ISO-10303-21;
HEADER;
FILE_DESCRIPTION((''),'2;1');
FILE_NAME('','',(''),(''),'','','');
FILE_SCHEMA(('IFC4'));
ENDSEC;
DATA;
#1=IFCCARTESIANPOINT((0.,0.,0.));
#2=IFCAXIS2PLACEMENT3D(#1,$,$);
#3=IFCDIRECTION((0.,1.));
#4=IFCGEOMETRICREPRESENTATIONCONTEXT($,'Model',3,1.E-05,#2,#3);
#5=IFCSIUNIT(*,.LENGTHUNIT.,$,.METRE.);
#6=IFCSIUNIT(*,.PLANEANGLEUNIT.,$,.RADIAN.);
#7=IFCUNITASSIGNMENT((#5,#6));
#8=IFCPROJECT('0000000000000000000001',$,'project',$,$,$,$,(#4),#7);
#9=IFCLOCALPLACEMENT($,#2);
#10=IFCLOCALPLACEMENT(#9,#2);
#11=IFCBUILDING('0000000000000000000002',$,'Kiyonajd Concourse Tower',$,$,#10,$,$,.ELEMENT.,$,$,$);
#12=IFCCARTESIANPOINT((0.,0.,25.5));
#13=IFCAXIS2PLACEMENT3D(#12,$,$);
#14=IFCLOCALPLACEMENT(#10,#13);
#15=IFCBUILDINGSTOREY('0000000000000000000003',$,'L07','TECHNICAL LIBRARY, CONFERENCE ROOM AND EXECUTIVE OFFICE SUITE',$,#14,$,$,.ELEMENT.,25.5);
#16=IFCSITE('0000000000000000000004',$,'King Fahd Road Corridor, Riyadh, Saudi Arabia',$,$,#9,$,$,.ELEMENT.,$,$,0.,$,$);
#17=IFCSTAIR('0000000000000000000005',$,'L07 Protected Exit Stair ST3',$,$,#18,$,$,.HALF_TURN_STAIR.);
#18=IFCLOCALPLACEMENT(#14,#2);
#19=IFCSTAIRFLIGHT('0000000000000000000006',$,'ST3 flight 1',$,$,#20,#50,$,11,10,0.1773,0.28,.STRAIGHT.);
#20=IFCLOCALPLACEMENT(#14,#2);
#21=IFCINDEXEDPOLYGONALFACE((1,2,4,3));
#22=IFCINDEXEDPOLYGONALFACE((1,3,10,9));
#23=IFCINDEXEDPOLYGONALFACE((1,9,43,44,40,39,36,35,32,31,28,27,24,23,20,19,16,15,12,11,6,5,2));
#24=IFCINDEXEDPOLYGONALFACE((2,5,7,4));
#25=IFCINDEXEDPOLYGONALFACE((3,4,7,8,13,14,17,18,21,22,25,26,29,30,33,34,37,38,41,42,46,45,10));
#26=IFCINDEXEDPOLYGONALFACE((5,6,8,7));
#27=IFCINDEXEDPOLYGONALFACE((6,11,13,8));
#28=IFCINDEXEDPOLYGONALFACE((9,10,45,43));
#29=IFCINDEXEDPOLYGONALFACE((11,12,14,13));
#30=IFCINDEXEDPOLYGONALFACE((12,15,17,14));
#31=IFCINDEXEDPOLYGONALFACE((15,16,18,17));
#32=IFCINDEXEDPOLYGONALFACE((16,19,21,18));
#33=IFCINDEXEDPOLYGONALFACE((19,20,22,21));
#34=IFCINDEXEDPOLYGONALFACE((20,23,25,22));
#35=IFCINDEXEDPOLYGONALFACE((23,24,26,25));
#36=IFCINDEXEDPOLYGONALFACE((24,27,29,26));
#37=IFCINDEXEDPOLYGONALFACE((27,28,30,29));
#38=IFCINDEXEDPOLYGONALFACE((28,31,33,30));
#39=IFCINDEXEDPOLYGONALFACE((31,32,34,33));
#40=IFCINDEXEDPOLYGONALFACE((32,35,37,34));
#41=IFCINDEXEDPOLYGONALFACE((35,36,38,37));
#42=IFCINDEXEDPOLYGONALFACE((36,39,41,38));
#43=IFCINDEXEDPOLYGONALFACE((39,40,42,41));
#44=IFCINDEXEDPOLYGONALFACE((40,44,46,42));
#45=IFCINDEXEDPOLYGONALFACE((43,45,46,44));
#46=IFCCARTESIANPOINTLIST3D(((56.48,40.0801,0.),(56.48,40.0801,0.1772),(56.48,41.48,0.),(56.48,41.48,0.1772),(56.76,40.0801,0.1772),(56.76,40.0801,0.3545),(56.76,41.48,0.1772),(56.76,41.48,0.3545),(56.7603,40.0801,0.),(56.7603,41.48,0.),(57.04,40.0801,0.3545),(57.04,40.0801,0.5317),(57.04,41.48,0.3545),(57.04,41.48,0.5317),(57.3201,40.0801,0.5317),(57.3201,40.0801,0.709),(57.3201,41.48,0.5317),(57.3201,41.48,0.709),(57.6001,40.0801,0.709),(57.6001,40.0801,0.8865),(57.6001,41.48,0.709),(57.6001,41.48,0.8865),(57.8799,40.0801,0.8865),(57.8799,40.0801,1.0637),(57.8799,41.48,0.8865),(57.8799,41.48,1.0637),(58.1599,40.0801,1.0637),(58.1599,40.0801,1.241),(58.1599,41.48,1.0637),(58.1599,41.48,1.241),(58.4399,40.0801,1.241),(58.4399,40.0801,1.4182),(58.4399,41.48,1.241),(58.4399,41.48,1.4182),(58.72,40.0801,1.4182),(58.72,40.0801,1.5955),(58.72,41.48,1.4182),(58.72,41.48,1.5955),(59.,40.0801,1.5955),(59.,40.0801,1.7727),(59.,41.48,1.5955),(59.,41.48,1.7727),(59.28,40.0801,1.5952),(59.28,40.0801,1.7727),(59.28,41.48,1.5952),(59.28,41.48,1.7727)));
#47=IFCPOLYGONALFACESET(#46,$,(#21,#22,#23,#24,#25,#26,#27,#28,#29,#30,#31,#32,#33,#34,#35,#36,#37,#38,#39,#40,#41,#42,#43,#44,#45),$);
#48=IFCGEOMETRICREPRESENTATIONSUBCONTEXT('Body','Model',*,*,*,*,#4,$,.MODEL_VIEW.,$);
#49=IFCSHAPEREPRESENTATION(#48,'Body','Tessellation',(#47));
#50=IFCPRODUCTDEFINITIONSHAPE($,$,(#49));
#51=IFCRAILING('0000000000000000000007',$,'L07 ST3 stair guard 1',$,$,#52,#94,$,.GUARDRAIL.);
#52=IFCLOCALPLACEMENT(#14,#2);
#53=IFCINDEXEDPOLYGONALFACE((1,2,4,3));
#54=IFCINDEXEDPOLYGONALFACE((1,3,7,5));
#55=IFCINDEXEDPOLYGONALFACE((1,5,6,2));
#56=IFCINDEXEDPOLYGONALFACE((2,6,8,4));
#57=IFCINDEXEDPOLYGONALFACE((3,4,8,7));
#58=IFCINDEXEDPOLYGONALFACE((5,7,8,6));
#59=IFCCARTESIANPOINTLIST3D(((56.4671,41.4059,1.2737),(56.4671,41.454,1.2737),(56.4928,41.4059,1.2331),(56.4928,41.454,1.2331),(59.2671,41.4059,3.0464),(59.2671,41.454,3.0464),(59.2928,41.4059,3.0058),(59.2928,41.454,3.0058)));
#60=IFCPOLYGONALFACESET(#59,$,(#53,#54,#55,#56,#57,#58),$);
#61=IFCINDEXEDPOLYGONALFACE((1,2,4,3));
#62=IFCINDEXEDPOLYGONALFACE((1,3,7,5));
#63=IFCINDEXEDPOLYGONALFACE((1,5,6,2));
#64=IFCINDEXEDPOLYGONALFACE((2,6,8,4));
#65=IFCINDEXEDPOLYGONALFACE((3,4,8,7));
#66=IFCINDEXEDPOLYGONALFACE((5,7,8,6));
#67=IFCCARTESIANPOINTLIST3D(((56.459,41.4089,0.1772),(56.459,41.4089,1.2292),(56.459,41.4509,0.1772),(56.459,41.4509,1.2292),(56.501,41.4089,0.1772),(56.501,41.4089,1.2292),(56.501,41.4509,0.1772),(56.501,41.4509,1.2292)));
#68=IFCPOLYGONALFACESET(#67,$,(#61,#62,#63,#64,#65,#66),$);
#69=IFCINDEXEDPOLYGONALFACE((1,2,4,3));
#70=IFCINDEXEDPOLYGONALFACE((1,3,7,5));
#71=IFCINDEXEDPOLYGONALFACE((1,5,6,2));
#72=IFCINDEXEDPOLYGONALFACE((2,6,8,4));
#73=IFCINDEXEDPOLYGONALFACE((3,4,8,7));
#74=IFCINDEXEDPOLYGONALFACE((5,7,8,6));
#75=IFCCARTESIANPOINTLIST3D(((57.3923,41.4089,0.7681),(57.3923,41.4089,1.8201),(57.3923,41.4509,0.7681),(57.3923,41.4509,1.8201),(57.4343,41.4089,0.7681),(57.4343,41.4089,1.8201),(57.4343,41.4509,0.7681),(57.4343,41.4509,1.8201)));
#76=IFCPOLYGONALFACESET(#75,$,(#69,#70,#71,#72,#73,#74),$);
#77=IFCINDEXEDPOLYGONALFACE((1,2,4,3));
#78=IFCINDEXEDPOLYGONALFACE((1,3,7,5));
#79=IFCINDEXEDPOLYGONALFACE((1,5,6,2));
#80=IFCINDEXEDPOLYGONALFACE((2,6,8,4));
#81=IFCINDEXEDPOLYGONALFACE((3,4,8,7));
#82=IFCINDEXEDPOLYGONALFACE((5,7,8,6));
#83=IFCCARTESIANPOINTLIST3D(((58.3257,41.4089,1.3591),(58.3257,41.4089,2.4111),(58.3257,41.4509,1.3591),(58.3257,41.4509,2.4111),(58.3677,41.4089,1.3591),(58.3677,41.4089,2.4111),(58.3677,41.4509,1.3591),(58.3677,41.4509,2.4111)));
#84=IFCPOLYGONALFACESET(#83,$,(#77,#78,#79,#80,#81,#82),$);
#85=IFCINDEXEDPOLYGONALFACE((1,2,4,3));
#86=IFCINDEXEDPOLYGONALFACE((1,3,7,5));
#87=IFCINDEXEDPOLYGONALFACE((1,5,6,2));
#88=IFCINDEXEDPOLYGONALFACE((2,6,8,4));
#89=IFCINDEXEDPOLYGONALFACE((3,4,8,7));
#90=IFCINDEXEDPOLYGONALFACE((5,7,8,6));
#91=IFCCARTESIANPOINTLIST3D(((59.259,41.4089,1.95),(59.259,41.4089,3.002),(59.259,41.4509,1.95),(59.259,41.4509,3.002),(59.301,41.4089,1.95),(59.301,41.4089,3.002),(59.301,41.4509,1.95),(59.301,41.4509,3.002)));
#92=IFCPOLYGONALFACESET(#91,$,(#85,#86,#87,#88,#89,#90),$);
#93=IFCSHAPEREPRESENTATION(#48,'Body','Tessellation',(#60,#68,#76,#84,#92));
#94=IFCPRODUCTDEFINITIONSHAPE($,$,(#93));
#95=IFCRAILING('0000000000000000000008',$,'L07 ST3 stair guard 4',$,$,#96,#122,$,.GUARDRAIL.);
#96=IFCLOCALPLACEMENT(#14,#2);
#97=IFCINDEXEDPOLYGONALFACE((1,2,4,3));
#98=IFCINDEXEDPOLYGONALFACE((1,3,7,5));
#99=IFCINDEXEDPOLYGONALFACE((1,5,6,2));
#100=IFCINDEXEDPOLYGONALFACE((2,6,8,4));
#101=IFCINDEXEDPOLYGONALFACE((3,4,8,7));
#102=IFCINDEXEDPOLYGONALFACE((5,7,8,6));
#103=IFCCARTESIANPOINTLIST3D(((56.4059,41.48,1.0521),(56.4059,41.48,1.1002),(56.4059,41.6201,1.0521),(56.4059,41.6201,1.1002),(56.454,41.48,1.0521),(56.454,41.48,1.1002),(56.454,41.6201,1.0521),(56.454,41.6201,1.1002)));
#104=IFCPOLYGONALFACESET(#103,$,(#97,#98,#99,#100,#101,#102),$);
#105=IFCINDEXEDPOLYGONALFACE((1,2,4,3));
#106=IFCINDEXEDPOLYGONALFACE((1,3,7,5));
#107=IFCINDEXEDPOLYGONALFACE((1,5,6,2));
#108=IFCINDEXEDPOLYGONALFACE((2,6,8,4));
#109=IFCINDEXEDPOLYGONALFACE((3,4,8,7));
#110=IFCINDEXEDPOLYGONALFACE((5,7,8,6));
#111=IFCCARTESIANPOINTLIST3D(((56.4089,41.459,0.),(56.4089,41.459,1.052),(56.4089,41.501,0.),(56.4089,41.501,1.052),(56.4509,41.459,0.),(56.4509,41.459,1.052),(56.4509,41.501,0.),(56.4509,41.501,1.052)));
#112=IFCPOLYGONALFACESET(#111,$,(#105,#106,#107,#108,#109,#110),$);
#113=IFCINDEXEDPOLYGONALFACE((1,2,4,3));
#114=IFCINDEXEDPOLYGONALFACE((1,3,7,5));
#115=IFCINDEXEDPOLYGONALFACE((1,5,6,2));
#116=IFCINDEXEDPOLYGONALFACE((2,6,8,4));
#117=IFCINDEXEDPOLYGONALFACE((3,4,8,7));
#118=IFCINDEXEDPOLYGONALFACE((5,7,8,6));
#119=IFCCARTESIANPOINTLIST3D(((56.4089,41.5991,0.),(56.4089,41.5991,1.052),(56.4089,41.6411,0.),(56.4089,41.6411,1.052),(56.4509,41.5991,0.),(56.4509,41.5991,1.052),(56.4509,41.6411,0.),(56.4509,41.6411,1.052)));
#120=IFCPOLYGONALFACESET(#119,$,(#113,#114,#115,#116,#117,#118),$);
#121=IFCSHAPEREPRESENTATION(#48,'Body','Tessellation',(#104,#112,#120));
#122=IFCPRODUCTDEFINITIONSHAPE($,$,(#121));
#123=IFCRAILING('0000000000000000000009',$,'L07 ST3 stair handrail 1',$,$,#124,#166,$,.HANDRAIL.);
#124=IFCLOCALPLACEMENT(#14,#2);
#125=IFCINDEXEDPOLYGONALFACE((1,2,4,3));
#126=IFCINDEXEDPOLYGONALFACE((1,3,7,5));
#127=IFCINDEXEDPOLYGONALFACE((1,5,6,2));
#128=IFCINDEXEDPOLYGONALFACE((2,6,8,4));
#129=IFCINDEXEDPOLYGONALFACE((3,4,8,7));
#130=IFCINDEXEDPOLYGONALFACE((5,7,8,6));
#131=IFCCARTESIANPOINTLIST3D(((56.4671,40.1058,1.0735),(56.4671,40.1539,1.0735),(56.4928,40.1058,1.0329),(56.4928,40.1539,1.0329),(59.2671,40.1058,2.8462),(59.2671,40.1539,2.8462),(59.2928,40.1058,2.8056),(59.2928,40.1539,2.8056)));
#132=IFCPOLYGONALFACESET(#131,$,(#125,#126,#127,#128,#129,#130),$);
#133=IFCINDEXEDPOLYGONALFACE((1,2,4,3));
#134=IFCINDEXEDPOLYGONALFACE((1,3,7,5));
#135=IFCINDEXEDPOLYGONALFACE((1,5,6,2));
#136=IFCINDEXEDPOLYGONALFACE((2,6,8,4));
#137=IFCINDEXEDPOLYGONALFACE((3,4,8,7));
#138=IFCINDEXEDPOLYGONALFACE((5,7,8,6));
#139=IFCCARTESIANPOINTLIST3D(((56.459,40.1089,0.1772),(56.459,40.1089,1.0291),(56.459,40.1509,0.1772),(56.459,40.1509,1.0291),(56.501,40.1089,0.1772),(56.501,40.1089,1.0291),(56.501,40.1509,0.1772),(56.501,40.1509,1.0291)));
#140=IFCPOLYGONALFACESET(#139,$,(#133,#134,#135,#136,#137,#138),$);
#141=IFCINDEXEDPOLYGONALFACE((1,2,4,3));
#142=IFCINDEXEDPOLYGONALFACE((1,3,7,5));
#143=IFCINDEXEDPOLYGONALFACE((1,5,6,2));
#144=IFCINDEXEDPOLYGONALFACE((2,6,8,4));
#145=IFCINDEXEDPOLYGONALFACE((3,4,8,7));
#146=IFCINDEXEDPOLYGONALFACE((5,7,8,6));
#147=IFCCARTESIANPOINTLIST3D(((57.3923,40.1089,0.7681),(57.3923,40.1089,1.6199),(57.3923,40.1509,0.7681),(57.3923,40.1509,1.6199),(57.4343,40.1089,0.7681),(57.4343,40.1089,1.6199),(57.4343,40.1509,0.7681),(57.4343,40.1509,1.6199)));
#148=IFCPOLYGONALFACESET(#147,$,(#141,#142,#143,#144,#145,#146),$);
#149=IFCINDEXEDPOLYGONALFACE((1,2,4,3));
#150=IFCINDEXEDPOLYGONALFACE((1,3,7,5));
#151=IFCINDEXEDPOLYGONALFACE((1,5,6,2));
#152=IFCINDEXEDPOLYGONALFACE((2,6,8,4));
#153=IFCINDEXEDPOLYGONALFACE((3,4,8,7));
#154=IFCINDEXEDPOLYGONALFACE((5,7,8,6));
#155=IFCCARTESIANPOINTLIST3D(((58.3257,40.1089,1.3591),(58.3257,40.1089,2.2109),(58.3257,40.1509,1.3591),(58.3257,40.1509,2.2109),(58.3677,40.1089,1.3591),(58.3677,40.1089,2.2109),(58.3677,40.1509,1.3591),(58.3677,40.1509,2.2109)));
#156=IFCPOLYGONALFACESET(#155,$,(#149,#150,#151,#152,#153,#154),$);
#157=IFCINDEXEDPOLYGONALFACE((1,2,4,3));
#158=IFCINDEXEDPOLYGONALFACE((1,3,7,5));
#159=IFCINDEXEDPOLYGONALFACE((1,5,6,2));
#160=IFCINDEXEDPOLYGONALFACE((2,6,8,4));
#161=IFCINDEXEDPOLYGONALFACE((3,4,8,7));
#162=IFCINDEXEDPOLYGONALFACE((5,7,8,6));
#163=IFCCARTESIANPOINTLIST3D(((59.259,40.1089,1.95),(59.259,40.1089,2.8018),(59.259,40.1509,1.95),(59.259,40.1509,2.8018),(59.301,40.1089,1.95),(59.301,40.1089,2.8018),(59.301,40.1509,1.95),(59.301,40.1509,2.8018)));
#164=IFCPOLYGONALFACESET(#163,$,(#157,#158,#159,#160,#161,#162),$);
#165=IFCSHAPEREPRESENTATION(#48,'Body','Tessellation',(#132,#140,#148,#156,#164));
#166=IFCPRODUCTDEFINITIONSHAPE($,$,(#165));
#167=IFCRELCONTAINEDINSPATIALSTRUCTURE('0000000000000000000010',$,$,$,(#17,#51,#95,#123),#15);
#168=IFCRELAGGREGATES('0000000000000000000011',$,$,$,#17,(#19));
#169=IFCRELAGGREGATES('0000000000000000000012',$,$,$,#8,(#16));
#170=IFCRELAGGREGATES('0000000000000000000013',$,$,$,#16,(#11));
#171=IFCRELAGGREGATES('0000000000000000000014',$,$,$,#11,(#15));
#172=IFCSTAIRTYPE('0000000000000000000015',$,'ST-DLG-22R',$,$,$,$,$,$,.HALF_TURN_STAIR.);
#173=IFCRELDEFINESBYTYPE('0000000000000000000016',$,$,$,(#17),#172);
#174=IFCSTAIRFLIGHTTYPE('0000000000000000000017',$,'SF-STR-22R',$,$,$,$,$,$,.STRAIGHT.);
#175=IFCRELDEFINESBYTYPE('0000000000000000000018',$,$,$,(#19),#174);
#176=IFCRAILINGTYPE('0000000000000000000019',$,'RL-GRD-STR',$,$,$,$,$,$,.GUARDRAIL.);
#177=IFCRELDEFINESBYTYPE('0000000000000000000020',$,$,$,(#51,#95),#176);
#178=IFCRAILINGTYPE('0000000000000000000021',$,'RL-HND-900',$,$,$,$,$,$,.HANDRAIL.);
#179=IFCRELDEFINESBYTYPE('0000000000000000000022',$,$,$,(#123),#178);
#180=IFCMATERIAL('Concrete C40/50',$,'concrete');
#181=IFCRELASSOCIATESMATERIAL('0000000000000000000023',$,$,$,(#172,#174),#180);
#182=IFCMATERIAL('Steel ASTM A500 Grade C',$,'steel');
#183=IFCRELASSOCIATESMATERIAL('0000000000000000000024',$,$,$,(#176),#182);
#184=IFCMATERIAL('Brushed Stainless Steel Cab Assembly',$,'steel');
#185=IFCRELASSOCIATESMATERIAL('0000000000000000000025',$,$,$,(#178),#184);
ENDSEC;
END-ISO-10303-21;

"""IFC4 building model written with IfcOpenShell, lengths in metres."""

from ifc_helpers import new_model, si_unit, direction, frame, origin, origin_2d, place, context, subcontext, project, spatial, polyline, rectangle, outline, extrude, material, type_object, element, aggregate, save


model = new_model("IFC4")

# Units and contexts
model_context = context("Model", 3, precision=1e-05, world=origin(), true_north=direction((0.0, 1.0)))
body_context = subcontext(model_context, "Body", "Model", "MODEL_VIEW")
ifc_project = project(units=[si_unit("LENGTHUNIT", "METRE"), si_unit("PLANEANGLEUNIT", "RADIAN")], contexts=[model_context])

# Site, building, storey
site_placement = place(None, origin())
site = spatial("IfcSite", under=ifc_project, at=site_placement, Name="King Fahd Road Corridor, Riyadh, Saudi Arabia", CompositionType="ELEMENT", RefElevation=0.0)
building_placement = place(site_placement, origin())
building = spatial("IfcBuilding", under=site, at=building_placement, Name="Kiyonajd Concourse Tower", CompositionType="ELEMENT")
storey_placement = place(building_placement, frame((0.0, 0.0, 25.5)))
storey = spatial("IfcBuildingStorey", under=building, at=storey_placement, Name="L07", Description="TECHNICAL LIBRARY, CONFERENCE ROOM AND EXECUTIVE OFFICE SUITE", CompositionType="ELEMENT", Elevation=25.5)

# Shared definitions
ifc_material_1 = material(Name="Brushed Stainless Steel Cab Assembly", Category="steel")

# Stair, stair flight
ifc_material_2 = material(Name="Concrete C40/50", Category="concrete")
stair_type = type_object("IfcStairType", Name="ST-DLG-22R", PredefinedType="HALF_TURN_STAIR", material=ifc_material_2)
stair_placement = place(storey_placement, origin())
stair = element("IfcStair", 1, at=stair_placement, inside=storey, type_object=stair_type, Name="L07 Protected Exit Stair ST3", PredefinedType="HALF_TURN_STAIR")
stair_flight_type = type_object("IfcStairFlightType", Name="SF-STR-22R", PredefinedType="STRAIGHT", material=ifc_material_2)
stair_flight_placement = place(storey_placement, frame((56.48, 40.78, 0.0), z_axis=(0.0, 0.0, 1.0), x_axis=(1.0, 0.0, 0.0)))
stair_flight = element("IfcStairFlight", 2, at=stair_flight_placement, type_object=stair_flight_type, Name="ST3 flight 1", NumberOfRisers=11, NumberOfTreads=10, PredefinedType="STRAIGHT", RiserHeight=0.1773, TreadLength=0.28, context=body_context, shape_type="SweptSolid", body=[
    extrude(outline(polyline([(0.0, 0.0), (0.0, 0.1772), (0.28, 0.1772), (0.28, 0.3545), (0.5601, 0.3545), (0.5601, 0.5317), (0.8401, 0.5317), (0.8401, 0.709), (1.1201, 0.709), (1.1201, 0.8865), (1.3999, 0.8865), (1.3999, 1.0637), (1.6799, 1.0637), (1.6799, 1.241), (1.96, 1.241), (1.96, 1.4182), (2.24, 1.4182), (2.24, 1.5955), (2.52, 1.5955), (2.52, 1.7727), (2.8, 1.7727), (2.8, 1.95), (2.8, 1.5952), (0.2803, 0.0), (0.0, 0.0)])), frame((0.0, 0.7, 0.0), z_axis=(0.0, -1.0, 0.0), x_axis=(1.0, 0.0, 0.0)), (0.0, 0.0, 1.0), 1.3999),
])
aggregate(stair, [stair_flight])

# Railings
ifc_material_3 = material(Name="Steel ASTM A500 Grade C", Category="steel")
railing_type_1 = type_object("IfcRailingType", Name="RL-GRD-STR", PredefinedType="GUARDRAIL", material=ifc_material_3)
railing_1_placement = place(storey_placement, frame((56.48, 41.4299, 0.1772)))
element("IfcRailing", 3, at=railing_1_placement, inside=storey, type_object=railing_type_1, Name="L07 ST3 stair guard 1", PredefinedType="GUARDRAIL", context=body_context, shape_type="SweptSolid", body=[
    extrude(rectangle(XDim=0.0481, YDim=0.0481, at=origin_2d()), frame((0.0, 0.0, 1.0762), z_axis=(0.844909, 0.0, 0.53491), x_axis=(0.0, 1.0, 0.0)), (0.0, 0.0, 1.0), 3.314),
    extrude(rectangle(XDim=0.042, YDim=0.042, at=origin_2d()), origin(), (0.0, 0.0, 1.0), 1.052),
    extrude(rectangle(XDim=0.042, YDim=0.042, at=origin_2d()), frame((0.9333, 0.0, 0.5908)), (0.0, 0.0, 1.0), 1.052),
    extrude(rectangle(XDim=0.042, YDim=0.042, at=origin_2d()), frame((1.8667, 0.0, 1.1819)), (0.0, 0.0, 1.0), 1.052),
    extrude(rectangle(XDim=0.042, YDim=0.042, at=origin_2d()), frame((2.8, 0.0, 1.7727)), (0.0, 0.0, 1.0), 1.052),
])
railing_2_placement = place(storey_placement, frame((56.4299, 41.48, 0.0)))
element("IfcRailing", 4, at=railing_2_placement, inside=storey, type_object=railing_type_1, Name="L07 ST3 stair guard 4", PredefinedType="GUARDRAIL", context=body_context, shape_type="SweptSolid", body=[
    extrude(rectangle(XDim=0.0481, YDim=0.0481, at=origin_2d()), frame((0.0, 0.0, 1.0762), z_axis=(0.0, 1.0, 0.0), x_axis=(-1.0, 0.0, 0.0)), (0.0, 0.0, 1.0), 0.1401),
    extrude(rectangle(XDim=0.042, YDim=0.042, at=origin_2d()), origin(), (0.0, 0.0, 1.0), 1.052),
    extrude(rectangle(XDim=0.042, YDim=0.042, at=origin_2d()), frame((0.0, 0.1401, 0.0)), (0.0, 0.0, 1.0), 1.052),
])
railing_type_2 = type_object("IfcRailingType", Name="RL-HND-900", PredefinedType="HANDRAIL", material=ifc_material_1)
railing_3_placement = place(storey_placement, frame((56.48, 40.1299, 0.1772)))
element("IfcRailing", 5, at=railing_3_placement, inside=storey, type_object=railing_type_2, Name="L07 ST3 stair handrail 1", PredefinedType="HANDRAIL", context=body_context, shape_type="SweptSolid", body=[
    extrude(rectangle(XDim=0.0481, YDim=0.0481, at=origin_2d()), frame((0.0, 0.0, 0.876), z_axis=(0.844909, 0.0, 0.53491), x_axis=(0.0, 1.0, 0.0)), (0.0, 0.0, 1.0), 3.314),
    extrude(rectangle(XDim=0.042, YDim=0.042, at=origin_2d()), origin(), (0.0, 0.0, 1.0), 0.8518),
    extrude(rectangle(XDim=0.042, YDim=0.042, at=origin_2d()), frame((0.9333, 0.0, 0.5908)), (0.0, 0.0, 1.0), 0.8518),
    extrude(rectangle(XDim=0.042, YDim=0.042, at=origin_2d()), frame((1.8667, 0.0, 1.1819)), (0.0, 0.0, 1.0), 0.8518),
    extrude(rectangle(XDim=0.042, YDim=0.042, at=origin_2d()), frame((2.8, 0.0, 1.7727)), (0.0, 0.0, 1.0), 0.8518),
])

save(model, "model.ifc")
